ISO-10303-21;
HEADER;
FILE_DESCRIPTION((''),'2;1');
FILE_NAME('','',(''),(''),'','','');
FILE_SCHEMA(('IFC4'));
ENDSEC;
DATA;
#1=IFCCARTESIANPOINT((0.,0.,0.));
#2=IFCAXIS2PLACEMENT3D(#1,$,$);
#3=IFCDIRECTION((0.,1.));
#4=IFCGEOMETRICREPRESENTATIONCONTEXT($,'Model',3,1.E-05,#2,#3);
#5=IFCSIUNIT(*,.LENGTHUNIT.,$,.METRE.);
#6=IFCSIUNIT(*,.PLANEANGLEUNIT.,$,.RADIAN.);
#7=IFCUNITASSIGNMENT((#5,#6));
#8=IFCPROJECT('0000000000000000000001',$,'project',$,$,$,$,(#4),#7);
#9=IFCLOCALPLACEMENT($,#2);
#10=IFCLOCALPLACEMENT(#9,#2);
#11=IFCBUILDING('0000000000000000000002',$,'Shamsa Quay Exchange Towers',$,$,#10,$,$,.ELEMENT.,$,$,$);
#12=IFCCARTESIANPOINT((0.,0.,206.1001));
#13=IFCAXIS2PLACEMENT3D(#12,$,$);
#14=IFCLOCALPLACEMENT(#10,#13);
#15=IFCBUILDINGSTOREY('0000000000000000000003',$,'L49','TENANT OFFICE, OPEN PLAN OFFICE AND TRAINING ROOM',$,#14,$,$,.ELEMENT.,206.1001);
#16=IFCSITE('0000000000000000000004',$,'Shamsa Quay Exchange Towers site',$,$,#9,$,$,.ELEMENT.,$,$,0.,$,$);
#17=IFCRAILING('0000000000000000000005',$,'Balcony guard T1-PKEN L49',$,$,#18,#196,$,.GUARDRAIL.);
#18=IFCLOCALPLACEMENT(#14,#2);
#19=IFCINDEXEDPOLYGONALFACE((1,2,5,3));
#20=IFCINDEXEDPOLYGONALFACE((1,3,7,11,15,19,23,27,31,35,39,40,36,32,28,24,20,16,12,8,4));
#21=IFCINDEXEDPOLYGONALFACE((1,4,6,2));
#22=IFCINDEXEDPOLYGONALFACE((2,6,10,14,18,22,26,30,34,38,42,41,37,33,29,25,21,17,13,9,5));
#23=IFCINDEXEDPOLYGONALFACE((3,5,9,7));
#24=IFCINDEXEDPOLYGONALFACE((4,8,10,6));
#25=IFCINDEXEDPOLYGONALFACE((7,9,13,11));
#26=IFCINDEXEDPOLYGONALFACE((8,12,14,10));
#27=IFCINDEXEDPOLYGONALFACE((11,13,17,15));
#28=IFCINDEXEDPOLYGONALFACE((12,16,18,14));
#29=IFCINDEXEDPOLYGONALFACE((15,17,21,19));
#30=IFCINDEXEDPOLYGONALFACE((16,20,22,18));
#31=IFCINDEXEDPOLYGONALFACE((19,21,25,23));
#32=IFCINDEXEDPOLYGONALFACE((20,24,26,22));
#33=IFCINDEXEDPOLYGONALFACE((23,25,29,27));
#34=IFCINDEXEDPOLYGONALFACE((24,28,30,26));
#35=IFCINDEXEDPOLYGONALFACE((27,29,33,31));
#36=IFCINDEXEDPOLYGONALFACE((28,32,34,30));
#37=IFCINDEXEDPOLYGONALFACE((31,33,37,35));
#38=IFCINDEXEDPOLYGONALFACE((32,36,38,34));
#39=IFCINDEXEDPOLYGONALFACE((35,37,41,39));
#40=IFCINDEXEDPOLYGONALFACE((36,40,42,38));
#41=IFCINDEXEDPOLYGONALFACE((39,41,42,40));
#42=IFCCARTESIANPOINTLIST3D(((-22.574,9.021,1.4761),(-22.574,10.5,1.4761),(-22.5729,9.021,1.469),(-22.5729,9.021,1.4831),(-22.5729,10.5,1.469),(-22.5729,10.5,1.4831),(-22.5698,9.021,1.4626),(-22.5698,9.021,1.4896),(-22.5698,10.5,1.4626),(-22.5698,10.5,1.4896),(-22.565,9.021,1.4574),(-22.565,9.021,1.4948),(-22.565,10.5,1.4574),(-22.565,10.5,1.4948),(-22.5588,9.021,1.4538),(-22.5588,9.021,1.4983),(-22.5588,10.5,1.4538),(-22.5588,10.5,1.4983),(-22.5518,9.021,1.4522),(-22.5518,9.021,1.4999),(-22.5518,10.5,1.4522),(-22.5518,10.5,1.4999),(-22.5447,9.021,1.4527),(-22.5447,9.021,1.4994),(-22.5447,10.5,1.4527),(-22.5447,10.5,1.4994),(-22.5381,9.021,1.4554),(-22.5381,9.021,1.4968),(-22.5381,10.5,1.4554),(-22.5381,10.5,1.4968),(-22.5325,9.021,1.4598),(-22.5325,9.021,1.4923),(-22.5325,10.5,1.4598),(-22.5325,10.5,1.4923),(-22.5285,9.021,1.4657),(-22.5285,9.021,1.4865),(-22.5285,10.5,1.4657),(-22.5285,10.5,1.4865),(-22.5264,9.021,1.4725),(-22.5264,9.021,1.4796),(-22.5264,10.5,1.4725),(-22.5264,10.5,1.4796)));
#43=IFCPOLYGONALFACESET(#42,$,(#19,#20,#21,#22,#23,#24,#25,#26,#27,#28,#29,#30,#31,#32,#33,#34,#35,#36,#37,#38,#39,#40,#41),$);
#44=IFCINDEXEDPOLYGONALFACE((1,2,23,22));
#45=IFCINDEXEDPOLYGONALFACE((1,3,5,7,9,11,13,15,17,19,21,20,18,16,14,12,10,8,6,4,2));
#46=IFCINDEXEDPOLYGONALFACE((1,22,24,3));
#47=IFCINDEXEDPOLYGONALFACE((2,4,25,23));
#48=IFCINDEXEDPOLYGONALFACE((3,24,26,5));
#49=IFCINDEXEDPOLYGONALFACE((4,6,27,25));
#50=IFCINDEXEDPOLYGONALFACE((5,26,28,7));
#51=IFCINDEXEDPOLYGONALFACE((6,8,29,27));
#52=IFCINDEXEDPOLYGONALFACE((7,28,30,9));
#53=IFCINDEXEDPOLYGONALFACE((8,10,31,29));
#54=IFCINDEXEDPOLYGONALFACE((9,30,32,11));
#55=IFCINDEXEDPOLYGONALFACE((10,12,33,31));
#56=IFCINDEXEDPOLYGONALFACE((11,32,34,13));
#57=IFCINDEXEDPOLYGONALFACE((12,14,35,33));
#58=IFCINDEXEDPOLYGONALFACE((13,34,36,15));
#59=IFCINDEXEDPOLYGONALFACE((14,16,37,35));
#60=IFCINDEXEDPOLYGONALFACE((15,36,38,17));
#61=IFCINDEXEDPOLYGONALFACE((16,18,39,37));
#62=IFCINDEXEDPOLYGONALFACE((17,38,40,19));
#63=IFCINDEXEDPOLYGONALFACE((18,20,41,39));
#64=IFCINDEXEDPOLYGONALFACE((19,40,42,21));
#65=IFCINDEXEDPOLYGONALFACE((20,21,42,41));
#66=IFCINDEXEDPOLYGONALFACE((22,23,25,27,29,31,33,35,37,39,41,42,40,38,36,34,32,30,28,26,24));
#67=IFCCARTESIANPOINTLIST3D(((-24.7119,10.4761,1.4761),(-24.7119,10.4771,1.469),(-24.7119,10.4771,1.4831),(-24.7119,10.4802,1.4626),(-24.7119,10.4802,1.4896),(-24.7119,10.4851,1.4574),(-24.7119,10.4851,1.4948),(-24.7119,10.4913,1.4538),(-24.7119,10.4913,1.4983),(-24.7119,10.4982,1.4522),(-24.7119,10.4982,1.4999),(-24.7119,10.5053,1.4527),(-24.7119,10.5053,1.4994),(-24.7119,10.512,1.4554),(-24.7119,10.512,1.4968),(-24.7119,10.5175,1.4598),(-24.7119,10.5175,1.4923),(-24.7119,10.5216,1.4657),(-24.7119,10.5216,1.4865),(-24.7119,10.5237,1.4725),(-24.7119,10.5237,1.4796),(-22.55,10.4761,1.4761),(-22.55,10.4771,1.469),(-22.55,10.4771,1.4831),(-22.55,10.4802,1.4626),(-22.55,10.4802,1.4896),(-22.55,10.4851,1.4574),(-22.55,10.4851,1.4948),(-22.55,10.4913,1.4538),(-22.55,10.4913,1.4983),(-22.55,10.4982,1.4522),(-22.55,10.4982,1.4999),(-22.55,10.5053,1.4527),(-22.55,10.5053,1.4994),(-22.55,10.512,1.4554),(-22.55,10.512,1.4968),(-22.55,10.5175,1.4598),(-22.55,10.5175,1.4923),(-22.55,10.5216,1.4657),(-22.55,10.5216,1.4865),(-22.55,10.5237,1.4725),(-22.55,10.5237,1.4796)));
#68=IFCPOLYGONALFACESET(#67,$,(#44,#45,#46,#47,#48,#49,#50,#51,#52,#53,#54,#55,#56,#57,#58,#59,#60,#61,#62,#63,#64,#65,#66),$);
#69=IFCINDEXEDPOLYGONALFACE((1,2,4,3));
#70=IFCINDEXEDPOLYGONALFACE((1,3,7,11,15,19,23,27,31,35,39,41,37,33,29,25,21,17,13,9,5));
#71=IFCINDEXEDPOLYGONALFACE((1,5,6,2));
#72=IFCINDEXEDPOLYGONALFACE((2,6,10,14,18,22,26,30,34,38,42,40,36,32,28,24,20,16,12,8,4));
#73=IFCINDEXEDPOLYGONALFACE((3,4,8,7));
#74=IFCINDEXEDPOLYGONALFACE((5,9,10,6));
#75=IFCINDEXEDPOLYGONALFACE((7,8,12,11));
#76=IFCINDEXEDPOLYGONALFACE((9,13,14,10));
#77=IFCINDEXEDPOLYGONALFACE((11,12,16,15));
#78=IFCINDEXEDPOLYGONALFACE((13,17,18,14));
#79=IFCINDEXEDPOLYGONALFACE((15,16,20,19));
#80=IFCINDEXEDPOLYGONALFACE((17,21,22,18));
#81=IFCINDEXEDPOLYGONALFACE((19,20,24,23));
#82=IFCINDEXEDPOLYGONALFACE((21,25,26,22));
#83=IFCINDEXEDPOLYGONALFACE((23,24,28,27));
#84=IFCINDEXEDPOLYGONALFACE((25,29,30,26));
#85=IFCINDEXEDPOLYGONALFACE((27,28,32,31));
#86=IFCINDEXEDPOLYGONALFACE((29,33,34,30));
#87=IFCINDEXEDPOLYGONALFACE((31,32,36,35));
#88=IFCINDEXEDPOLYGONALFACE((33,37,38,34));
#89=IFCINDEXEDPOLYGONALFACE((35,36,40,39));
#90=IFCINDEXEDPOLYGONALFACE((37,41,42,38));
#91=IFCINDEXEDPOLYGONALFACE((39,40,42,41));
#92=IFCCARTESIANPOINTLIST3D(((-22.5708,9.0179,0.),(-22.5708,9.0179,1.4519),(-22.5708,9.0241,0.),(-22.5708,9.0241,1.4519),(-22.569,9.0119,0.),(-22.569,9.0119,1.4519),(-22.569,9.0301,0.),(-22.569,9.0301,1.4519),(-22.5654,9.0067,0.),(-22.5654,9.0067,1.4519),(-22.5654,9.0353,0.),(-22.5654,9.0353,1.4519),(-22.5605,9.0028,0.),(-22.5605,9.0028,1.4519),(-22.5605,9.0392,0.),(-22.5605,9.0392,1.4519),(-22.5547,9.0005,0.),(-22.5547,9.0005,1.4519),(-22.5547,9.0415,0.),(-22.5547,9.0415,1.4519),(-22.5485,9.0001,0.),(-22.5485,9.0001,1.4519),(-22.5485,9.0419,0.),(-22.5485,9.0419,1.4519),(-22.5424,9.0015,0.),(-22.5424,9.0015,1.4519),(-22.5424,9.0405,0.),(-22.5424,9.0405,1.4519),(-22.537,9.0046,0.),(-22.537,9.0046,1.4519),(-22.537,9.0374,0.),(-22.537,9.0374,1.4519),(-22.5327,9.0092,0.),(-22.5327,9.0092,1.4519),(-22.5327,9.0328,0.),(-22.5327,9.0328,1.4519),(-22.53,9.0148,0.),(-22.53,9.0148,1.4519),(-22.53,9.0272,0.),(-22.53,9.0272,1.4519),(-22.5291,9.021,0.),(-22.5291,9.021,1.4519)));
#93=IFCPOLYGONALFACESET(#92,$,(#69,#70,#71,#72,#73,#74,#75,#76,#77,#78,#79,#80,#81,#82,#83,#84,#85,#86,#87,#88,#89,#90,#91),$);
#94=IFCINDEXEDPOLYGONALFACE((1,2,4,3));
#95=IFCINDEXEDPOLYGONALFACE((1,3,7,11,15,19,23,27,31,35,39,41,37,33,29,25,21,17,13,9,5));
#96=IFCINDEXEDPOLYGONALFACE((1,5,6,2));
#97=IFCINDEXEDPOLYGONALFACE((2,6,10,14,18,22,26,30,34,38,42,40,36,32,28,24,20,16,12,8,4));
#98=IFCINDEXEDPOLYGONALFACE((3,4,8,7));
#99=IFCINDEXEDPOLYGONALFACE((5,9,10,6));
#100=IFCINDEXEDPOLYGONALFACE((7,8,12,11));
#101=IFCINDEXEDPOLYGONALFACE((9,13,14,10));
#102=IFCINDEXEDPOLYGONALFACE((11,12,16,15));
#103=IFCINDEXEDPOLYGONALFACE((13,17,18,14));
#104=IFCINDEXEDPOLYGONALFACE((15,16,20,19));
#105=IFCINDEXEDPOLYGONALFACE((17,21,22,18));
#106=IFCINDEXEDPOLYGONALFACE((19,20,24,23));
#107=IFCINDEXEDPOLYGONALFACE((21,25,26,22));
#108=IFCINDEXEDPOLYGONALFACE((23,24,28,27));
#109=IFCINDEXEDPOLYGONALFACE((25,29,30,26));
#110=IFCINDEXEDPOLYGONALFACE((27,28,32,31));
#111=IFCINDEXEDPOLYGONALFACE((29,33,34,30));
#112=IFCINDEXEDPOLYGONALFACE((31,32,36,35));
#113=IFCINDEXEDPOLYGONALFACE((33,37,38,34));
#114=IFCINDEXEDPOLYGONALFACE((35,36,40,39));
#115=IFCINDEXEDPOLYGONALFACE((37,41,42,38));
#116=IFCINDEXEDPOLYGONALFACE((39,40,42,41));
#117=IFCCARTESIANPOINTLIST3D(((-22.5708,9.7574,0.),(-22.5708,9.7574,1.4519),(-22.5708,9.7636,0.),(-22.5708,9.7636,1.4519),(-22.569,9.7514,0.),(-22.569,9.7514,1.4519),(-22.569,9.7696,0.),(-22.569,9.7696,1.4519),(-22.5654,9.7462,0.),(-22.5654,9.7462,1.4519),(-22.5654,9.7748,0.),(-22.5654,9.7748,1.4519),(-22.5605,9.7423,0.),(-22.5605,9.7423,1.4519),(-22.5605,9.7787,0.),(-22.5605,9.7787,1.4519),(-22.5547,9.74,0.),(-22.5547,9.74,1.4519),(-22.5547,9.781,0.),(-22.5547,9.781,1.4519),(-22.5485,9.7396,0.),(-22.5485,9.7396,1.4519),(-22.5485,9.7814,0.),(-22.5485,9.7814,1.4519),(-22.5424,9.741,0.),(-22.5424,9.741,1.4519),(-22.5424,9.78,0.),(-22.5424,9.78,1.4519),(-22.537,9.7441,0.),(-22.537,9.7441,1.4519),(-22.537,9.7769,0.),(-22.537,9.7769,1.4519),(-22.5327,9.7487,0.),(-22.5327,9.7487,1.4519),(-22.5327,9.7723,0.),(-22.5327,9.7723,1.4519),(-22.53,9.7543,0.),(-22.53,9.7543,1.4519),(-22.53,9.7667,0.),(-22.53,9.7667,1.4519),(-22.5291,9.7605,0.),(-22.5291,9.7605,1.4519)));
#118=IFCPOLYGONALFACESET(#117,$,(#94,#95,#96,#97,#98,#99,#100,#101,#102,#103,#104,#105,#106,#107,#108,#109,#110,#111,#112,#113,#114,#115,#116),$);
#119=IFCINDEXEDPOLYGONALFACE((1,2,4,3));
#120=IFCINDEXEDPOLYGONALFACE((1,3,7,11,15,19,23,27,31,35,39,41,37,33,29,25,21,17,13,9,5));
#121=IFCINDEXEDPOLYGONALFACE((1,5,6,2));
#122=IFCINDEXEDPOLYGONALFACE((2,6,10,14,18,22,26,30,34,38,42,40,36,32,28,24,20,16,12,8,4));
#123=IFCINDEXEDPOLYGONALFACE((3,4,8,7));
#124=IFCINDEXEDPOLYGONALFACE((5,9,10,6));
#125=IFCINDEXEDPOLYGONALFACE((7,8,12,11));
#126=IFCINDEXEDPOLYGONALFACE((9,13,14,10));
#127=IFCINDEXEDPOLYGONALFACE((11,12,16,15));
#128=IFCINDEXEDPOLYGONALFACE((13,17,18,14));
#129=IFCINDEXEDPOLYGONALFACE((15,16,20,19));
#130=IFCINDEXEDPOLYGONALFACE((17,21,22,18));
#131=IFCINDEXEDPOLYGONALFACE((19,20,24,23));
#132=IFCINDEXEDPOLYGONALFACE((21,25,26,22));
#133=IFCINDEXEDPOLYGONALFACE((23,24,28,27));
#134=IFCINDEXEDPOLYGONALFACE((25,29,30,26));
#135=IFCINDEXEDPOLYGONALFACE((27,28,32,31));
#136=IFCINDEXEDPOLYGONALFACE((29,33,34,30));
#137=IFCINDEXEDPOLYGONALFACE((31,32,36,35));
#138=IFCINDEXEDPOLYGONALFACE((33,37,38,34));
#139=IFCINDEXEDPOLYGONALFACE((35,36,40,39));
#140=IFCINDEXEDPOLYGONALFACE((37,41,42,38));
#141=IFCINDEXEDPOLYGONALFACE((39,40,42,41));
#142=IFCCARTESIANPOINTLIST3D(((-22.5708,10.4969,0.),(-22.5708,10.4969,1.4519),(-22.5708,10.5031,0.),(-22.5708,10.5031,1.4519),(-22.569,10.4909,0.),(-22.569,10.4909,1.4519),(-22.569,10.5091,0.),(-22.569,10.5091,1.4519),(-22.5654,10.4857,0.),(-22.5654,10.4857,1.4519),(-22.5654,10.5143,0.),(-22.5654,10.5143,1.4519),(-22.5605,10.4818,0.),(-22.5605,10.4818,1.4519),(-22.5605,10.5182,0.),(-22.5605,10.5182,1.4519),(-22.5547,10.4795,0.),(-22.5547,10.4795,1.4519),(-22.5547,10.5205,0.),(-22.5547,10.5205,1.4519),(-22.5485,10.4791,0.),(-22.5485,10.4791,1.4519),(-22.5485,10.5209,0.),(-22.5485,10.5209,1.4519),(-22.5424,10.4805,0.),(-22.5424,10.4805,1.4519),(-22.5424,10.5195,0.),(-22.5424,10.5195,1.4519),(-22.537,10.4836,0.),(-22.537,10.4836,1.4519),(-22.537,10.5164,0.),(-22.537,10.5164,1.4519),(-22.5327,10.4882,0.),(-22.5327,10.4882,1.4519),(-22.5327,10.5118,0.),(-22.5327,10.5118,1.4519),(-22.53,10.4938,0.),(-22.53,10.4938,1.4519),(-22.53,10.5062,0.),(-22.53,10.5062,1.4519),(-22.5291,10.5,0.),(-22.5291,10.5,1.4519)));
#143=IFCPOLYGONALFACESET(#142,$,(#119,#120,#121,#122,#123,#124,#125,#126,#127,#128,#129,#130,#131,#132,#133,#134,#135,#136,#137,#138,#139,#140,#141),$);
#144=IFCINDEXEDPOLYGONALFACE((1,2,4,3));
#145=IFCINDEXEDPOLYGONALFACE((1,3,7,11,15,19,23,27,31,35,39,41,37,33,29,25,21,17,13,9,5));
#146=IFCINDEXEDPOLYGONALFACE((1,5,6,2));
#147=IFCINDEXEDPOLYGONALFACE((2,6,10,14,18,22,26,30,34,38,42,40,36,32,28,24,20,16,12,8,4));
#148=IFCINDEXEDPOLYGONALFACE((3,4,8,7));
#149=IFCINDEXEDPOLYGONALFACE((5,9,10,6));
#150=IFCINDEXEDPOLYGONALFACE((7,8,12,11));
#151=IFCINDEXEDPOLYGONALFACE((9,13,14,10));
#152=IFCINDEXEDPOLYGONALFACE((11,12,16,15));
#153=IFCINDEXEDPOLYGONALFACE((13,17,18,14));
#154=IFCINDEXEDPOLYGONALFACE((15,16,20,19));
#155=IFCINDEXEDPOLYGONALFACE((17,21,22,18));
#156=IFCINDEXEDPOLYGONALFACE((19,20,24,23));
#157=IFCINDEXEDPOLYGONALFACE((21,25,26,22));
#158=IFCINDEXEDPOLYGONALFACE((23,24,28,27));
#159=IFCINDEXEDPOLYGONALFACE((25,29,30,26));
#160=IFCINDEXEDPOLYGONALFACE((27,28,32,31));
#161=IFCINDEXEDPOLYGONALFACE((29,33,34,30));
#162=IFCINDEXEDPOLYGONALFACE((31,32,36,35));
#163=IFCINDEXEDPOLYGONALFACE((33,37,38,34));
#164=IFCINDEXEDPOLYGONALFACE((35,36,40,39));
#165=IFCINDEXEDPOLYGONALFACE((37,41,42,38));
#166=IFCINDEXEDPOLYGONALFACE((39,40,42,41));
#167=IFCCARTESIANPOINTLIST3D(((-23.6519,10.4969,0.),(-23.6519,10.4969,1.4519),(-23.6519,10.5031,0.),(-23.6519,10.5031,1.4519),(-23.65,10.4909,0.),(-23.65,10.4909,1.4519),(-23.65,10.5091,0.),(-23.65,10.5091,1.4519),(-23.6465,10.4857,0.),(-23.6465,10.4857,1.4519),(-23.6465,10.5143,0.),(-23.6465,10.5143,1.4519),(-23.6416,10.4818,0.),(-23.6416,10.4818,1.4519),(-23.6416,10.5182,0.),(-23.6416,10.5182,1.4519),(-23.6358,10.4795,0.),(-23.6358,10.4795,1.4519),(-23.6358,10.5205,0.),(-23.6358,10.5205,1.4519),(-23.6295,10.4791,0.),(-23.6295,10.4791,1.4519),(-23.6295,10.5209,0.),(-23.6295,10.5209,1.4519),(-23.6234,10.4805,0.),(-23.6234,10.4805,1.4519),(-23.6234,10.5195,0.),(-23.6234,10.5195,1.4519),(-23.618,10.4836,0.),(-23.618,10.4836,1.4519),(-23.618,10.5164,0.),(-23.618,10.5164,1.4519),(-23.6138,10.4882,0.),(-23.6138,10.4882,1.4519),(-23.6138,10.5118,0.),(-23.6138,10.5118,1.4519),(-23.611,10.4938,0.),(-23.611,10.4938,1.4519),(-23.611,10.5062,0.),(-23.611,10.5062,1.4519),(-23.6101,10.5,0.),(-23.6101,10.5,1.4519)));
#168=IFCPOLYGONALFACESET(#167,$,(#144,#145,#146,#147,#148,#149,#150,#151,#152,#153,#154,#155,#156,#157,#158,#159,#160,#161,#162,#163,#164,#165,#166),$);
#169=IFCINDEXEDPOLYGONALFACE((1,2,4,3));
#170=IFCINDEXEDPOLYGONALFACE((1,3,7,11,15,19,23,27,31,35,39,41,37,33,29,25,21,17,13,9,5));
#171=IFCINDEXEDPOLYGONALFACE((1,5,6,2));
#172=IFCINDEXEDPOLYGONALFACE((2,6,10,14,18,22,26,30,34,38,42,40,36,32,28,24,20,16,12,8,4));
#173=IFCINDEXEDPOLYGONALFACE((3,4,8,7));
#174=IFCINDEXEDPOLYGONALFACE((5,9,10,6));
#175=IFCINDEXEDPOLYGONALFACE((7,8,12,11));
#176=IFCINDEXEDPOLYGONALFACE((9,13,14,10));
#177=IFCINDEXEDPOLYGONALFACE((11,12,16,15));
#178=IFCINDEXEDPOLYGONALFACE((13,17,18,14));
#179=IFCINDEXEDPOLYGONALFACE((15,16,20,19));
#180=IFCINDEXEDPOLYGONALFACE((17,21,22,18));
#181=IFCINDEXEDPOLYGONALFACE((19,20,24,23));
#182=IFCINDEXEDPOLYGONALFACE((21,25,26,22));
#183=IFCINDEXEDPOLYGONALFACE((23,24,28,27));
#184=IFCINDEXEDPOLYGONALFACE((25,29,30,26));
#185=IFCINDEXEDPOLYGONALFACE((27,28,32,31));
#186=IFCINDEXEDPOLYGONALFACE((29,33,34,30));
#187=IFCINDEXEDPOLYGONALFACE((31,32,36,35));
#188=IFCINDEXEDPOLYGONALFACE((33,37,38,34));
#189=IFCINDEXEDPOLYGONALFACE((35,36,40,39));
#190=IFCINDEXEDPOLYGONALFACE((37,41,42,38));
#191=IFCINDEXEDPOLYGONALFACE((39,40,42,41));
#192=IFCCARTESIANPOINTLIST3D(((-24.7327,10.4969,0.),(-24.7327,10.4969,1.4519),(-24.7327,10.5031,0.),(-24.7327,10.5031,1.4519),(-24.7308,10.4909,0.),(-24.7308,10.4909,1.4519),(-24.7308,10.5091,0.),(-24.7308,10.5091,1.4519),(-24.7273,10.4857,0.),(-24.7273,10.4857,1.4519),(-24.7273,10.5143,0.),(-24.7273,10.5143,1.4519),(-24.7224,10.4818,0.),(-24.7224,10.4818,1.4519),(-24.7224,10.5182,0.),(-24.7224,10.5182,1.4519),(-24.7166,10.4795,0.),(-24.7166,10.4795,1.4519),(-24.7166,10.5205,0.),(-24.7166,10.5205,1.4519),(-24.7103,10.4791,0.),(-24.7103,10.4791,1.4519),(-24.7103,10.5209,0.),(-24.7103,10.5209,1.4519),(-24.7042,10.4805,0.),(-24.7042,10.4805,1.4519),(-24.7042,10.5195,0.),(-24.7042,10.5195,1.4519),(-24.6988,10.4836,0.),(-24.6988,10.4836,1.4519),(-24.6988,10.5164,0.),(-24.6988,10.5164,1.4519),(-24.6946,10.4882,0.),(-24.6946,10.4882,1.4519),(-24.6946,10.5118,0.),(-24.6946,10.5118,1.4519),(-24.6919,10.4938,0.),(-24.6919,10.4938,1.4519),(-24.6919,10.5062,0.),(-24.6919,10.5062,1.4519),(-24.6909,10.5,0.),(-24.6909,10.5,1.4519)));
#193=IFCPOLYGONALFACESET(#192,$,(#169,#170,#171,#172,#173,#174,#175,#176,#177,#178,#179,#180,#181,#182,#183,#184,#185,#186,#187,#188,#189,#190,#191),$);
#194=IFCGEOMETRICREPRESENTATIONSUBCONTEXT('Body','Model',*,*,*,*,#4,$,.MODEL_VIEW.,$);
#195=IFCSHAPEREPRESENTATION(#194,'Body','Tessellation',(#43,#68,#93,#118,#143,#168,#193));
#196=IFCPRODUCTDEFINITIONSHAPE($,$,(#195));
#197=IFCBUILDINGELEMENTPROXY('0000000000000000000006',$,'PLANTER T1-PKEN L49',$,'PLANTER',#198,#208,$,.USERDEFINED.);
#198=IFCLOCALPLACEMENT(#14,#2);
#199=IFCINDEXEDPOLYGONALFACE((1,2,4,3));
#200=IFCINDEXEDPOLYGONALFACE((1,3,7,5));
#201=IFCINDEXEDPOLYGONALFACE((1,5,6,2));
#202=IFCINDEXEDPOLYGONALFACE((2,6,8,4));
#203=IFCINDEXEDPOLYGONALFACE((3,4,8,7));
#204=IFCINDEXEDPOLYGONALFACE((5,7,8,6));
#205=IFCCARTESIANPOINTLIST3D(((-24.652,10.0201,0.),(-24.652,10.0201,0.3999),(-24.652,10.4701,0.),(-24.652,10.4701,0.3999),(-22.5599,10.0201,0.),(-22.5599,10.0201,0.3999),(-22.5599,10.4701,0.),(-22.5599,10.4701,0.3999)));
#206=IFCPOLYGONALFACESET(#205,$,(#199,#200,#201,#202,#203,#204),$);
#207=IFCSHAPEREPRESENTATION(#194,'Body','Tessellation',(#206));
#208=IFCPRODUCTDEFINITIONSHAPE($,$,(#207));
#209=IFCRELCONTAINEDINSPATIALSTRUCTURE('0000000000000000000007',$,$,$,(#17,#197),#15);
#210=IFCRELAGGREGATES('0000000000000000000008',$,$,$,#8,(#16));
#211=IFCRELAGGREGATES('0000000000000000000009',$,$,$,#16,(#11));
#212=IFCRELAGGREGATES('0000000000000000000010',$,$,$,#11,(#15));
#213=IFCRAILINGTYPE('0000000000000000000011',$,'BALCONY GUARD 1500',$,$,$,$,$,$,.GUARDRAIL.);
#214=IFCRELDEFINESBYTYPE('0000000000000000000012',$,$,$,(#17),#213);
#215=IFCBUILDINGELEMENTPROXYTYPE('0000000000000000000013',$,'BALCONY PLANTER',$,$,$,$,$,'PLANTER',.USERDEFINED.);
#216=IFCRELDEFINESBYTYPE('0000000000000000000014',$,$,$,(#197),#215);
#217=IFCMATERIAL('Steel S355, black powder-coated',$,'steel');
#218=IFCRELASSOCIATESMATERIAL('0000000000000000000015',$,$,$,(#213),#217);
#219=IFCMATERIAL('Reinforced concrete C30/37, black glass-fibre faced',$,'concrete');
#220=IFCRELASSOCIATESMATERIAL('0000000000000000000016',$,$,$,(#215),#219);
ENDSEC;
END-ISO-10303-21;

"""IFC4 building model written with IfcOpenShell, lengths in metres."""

from ifc_helpers import new_model, si_unit, direction, frame, origin, origin_2d, place, context, subcontext, project, spatial, rectangle, circle, extrude, material, type_object, element, save


model = new_model("IFC4")

# Units and contexts
model_context = context("Model", 3, precision=1e-05, world=origin(), true_north=direction((0.0, 1.0)))
body_context = subcontext(model_context, "Body", "Model", "MODEL_VIEW")
ifc_project = project(units=[si_unit("LENGTHUNIT", "METRE"), si_unit("PLANEANGLEUNIT", "RADIAN")], contexts=[model_context])

# Site, building, storey
site_placement = place(None, origin())
site = spatial("IfcSite", under=ifc_project, at=site_placement, Name="Shamsa Quay Exchange Towers site", CompositionType="ELEMENT", RefElevation=0.0)
building_placement = place(site_placement, origin())
building = spatial("IfcBuilding", under=site, at=building_placement, Name="Shamsa Quay Exchange Towers", CompositionType="ELEMENT")
storey_placement = place(building_placement, frame((0.0, 0.0, 206.1001)))
storey = spatial("IfcBuildingStorey", under=building, at=storey_placement, Name="L49", Description="TENANT OFFICE, OPEN PLAN OFFICE AND TRAINING ROOM", CompositionType="ELEMENT", Elevation=206.1001)

# Railing
ifc_material_1 = material(Name="Steel S355, black powder-coated", Category="steel")
railing_type = type_object("IfcRailingType", Name="BALCONY GUARD 1500", PredefinedType="GUARDRAIL", material=ifc_material_1)
railing_placement = place(storey_placement, frame((-22.55, 9.021, 0.0)))
element("IfcRailing", 1, at=railing_placement, inside=storey, type_object=railing_type, Name="Balcony guard T1-PKEN L49", PredefinedType="GUARDRAIL", context=body_context, shape_type="SweptSolid", body=[
    extrude(circle(Radius=0.0239, at=origin_2d()), frame((0.0, 0.0, 1.4761), z_axis=(0.0, 1.0, 0.0), x_axis=(-1.0, 0.0, 0.0)), (0.0, 0.0, 1.0), 1.479),
    extrude(circle(Radius=0.0239, at=origin_2d()), frame((0.0, 1.479, 1.4761), z_axis=(-1.0, 0.0, 0.0), x_axis=(0.0, -1.0, 0.0)), (0.0, 0.0, 1.0), 2.1619),
    extrude(circle(Radius=0.021, at=origin_2d()), origin(), (0.0, 0.0, 1.0), 1.4519),
    extrude(circle(Radius=0.021, at=origin_2d()), frame((0.0, 0.7395, 0.0)), (0.0, 0.0, 1.0), 1.4519),
    extrude(circle(Radius=0.021, at=origin_2d()), frame((0.0, 1.479, 0.0)), (0.0, 0.0, 1.0), 1.4519),
    extrude(circle(Radius=0.021, at=origin_2d()), frame((-1.0811, 1.479, 0.0)), (0.0, 0.0, 1.0), 1.4519),
    extrude(circle(Radius=0.021, at=origin_2d()), frame((-2.1619, 1.479, 0.0)), (0.0, 0.0, 1.0), 1.4519),
])

# Building element proxy
ifc_material_2 = material(Name="Reinforced concrete C30/37, black glass-fibre faced", Category="concrete")
building_element_proxy_type = type_object("IfcBuildingElementProxyType", Name="BALCONY PLANTER", ElementType="PLANTER", PredefinedType="USERDEFINED", material=ifc_material_2)
proxy_placement = place(storey_placement, frame((-23.606, 10.2451, 0.0), z_axis=(0.0, 0.0, 1.0), x_axis=(-1.0, 0.0, 0.0)))
element("IfcBuildingElementProxy", 2, at=proxy_placement, inside=storey, type_object=building_element_proxy_type, Name="PLANTER T1-PKEN L49", ObjectType="PLANTER", PredefinedType="USERDEFINED", context=body_context, shape_type="SweptSolid", body=[
    extrude(rectangle(XDim=2.092, YDim=0.45, at=origin_2d()), origin(), (0.0, 0.0, 1.0), 0.3999),
])

save(model, "model.ifc")
